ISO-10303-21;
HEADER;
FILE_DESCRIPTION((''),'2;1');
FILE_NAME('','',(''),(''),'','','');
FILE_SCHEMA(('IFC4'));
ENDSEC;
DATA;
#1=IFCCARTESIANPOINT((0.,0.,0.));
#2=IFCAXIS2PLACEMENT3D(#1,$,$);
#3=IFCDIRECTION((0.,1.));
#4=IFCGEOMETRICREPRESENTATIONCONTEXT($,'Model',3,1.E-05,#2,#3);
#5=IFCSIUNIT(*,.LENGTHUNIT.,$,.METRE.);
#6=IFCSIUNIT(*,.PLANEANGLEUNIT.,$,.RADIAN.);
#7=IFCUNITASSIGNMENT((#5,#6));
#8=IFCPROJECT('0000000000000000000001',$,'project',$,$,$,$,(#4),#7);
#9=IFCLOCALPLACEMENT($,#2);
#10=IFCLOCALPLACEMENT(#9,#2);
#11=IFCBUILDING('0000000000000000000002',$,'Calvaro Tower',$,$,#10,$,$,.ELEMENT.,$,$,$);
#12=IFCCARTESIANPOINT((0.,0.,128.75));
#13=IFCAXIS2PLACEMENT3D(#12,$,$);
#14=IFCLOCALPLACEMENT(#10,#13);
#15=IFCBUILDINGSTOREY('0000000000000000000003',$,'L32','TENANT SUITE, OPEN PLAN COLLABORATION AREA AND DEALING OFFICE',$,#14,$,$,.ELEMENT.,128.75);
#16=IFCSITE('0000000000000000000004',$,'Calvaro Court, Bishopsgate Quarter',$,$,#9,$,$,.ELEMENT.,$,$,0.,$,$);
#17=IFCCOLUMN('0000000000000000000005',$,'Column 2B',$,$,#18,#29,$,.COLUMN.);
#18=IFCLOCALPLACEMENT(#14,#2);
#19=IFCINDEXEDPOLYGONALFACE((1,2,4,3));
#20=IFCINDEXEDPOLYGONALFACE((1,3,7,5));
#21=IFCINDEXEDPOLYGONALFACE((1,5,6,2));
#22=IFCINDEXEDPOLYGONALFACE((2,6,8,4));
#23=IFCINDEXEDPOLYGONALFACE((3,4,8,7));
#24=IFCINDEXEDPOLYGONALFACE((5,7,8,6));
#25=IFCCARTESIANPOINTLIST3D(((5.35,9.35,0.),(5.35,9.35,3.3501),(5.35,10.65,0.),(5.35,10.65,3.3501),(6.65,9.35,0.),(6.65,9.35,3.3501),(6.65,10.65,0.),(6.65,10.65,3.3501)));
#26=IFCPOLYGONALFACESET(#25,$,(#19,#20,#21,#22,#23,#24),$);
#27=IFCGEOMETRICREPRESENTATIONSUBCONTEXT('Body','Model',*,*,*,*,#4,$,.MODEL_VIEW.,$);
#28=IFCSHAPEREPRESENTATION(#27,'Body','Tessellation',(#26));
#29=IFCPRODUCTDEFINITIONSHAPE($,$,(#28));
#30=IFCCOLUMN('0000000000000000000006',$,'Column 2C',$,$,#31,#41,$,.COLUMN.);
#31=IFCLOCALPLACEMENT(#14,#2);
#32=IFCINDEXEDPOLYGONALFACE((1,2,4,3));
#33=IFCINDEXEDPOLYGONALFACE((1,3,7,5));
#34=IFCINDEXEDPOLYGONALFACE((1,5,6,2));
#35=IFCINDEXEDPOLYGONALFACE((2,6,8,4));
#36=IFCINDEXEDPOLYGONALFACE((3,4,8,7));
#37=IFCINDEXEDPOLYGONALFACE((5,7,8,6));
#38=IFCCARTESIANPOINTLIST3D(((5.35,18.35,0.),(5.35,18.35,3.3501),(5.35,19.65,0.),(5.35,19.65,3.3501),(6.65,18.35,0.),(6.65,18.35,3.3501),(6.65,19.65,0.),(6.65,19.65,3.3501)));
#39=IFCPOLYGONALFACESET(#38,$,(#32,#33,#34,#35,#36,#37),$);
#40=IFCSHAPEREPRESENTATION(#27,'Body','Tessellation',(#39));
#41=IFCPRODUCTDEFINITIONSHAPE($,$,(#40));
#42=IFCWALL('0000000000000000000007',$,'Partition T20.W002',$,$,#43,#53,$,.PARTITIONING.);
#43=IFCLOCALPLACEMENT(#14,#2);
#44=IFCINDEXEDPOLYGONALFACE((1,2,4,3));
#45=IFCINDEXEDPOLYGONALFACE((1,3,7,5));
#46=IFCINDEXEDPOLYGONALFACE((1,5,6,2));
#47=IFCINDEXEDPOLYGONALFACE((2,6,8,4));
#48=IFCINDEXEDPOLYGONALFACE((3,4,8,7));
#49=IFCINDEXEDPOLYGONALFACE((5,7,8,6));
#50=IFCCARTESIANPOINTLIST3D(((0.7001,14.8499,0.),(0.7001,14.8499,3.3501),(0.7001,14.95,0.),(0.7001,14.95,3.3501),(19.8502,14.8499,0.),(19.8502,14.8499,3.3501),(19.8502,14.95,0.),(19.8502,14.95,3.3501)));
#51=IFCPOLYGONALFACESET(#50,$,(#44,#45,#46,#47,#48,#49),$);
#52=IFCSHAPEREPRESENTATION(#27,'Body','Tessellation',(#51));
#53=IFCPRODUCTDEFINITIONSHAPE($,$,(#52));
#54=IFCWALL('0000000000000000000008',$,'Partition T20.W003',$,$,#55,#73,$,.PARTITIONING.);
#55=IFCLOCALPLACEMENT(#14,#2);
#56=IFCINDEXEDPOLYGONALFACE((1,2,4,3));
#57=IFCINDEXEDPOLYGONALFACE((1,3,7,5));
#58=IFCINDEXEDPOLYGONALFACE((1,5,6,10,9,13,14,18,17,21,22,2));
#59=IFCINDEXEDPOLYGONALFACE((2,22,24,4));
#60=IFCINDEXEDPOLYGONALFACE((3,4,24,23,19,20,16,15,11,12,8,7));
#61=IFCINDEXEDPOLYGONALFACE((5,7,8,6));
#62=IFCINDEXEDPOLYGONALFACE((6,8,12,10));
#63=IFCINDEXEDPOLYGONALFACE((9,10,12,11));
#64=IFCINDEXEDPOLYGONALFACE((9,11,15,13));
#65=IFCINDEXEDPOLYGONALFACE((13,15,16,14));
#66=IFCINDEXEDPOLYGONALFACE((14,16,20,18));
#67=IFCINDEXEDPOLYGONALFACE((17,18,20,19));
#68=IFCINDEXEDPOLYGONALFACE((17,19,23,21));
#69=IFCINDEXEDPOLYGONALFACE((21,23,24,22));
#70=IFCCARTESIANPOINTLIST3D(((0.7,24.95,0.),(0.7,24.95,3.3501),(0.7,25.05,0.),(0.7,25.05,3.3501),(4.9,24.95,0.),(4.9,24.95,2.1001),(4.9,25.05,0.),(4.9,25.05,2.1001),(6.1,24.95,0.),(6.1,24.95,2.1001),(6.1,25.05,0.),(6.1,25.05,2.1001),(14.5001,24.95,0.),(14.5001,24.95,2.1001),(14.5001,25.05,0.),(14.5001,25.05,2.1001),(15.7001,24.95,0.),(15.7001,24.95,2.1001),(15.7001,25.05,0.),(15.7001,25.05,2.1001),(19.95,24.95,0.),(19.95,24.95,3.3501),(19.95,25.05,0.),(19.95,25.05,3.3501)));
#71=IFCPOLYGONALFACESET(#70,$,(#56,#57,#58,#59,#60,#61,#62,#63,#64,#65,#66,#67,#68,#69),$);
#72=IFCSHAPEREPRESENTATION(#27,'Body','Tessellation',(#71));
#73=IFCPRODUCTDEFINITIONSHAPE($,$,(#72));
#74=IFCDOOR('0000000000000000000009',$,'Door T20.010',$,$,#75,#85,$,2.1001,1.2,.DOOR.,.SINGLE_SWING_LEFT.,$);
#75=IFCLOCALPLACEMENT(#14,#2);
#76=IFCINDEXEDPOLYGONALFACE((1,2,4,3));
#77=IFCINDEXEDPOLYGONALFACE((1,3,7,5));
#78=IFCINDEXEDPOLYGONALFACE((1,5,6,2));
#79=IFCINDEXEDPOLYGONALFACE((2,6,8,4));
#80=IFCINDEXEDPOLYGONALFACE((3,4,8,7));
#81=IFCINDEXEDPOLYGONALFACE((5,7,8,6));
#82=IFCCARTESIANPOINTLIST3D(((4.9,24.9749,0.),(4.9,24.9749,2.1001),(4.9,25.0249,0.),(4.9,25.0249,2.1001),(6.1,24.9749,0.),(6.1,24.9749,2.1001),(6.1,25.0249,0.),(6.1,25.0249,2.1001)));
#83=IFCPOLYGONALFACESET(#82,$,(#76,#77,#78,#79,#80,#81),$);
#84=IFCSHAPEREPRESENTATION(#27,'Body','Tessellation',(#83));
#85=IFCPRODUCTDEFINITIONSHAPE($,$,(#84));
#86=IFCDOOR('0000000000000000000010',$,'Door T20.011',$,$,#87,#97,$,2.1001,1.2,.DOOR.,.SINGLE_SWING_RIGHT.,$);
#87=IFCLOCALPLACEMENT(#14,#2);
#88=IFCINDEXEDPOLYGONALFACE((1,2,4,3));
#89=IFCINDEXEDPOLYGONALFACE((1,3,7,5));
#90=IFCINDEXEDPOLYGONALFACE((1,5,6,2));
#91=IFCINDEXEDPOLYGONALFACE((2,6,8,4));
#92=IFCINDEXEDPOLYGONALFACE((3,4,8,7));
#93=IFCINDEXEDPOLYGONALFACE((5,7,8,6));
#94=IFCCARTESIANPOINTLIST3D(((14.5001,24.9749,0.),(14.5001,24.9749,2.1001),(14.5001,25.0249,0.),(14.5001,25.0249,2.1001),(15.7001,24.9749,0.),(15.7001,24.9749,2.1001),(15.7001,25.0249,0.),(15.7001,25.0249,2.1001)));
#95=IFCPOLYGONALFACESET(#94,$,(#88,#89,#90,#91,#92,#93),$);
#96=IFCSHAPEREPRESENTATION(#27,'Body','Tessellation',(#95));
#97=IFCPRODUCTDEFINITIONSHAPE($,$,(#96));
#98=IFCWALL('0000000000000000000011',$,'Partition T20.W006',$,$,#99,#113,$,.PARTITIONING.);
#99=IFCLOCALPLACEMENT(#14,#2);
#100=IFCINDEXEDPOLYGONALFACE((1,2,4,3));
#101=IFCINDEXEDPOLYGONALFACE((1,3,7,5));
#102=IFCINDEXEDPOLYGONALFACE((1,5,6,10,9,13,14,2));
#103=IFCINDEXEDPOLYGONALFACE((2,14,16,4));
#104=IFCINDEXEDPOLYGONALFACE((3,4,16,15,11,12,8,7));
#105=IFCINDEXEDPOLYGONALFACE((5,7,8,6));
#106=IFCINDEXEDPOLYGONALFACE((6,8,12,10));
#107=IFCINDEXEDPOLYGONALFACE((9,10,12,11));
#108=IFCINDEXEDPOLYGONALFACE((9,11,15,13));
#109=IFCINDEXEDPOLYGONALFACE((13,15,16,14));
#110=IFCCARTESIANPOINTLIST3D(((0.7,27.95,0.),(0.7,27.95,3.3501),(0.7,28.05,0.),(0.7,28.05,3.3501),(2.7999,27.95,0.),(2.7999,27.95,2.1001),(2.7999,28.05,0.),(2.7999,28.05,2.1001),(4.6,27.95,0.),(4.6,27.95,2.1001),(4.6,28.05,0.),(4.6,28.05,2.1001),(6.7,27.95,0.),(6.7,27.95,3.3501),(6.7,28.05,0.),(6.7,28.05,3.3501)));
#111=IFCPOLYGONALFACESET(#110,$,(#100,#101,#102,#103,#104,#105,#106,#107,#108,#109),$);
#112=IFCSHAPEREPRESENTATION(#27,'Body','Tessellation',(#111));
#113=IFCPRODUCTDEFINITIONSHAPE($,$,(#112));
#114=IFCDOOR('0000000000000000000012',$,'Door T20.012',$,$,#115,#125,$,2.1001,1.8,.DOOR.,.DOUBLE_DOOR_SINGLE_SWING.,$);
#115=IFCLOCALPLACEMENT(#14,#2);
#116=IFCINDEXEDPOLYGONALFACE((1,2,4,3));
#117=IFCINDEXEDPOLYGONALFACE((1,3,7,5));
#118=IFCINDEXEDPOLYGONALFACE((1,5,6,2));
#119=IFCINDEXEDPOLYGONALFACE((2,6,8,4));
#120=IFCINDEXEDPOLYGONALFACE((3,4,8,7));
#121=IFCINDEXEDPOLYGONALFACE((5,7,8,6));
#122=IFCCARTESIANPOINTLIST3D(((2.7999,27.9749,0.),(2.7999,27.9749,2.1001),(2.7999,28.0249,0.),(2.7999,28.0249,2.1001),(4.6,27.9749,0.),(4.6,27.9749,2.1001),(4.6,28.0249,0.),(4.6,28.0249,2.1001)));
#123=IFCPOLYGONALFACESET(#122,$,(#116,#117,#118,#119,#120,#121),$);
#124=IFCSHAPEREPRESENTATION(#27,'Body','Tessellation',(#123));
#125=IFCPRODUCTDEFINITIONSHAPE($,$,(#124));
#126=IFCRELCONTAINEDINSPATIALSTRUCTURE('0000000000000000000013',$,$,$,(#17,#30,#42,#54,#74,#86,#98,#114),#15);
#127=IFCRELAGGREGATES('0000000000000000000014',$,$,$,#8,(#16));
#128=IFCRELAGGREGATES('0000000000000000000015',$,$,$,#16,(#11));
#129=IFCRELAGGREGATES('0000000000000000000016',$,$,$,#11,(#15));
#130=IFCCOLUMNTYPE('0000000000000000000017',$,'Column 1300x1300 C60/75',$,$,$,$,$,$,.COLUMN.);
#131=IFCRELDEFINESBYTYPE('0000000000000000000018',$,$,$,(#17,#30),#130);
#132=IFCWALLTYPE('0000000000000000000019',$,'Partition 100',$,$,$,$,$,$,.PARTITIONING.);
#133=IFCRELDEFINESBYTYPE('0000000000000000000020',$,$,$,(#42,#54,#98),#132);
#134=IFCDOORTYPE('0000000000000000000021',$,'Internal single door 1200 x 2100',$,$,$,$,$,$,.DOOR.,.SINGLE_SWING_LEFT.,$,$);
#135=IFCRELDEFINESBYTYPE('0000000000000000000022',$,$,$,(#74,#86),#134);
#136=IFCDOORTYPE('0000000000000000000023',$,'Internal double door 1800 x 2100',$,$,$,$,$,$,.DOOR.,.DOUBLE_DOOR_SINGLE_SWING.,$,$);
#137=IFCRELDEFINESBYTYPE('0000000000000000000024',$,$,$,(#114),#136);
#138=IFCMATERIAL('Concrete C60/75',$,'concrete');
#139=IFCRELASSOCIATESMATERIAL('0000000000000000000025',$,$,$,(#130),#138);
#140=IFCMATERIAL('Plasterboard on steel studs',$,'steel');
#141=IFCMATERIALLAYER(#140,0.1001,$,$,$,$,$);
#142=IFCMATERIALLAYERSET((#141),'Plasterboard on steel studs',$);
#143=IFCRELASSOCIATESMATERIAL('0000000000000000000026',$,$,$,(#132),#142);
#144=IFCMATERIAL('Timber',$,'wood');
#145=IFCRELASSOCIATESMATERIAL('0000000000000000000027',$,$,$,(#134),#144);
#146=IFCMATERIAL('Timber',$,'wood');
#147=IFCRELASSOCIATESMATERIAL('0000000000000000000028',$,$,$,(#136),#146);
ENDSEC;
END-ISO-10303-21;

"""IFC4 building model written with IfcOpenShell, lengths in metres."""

from ifc_helpers import new_model, si_unit, direction, frame, frame_2d, origin, origin_2d, place, context, subcontext, project, spatial, rectangle, extrude, material, layer, layer_set, material_profile, profile_set, type_object, element, fill, save


model = new_model("IFC4")

# Units and contexts
model_context = context("Model", 3, precision=1e-05, world=origin(), true_north=direction((0.0, 1.0)))
body_context = subcontext(model_context, "Body", "Model", "MODEL_VIEW")
ifc_project = project(units=[si_unit("LENGTHUNIT", "METRE"), si_unit("PLANEANGLEUNIT", "RADIAN")], contexts=[model_context])

# Site, building, storey
site_placement = place(None, origin())
site = spatial("IfcSite", under=ifc_project, at=site_placement, Name="Calvaro Court, Bishopsgate Quarter", CompositionType="ELEMENT", RefElevation=0.0)
building_placement = place(site_placement, origin())
building = spatial("IfcBuilding", under=site, at=building_placement, Name="Calvaro Tower", CompositionType="ELEMENT")
storey_placement = place(building_placement, frame((0.0, 0.0, 128.75)))
storey = spatial("IfcBuildingStorey", under=building, at=storey_placement, Name="L32", Description="TENANT SUITE, OPEN PLAN COLLABORATION AREA AND DEALING OFFICE", CompositionType="ELEMENT", Elevation=128.75)

# Columns
ifc_material_1 = material(Name="Concrete C60/75", Category="concrete")
ifc_material_profile = material_profile(ifc_material_1, rectangle(XDim=1.3, YDim=1.3, at=origin_2d()), Name="RC 1300x1300")
ifc_profile_set = profile_set([ifc_material_profile], Name="Concrete C60/75")
column_type = type_object("IfcColumnType", Name="Column 1300x1300 C60/75", PredefinedType="COLUMN", material=ifc_profile_set)
for number, where, z_axis, x_axis, name in (
    (1, (6.0, 10.0, 0.0), (0.0, 0.0, 1.0), (1.0, 0.0, 0.0), "Column 2B"),
    (2, (6.0, 19.0, 0.0), (0.0, 0.0, 1.0), (1.0, 0.0, 0.0), "Column 2C"),
):
    element("IfcColumn", number, at=place(storey_placement, frame(where, z_axis=z_axis, x_axis=x_axis)), inside=storey, type_object=column_type, Name=name, PredefinedType="COLUMN", context=body_context, shape_type="SweptSolid", body=[
        extrude(rectangle(XDim=1.3, YDim=1.3, at=origin_2d()), origin(), (0.0, 0.0, 1.0), 3.3501),
    ])

# Wall
ifc_material_2 = material(Name="Plasterboard on steel studs", Category="steel")
ifc_layer = layer(ifc_material_2, 0.1001)
ifc_layer_set = layer_set([ifc_layer], Name="Plasterboard on steel studs")
wall_type = type_object("IfcWallType", Name="Partition 100", PredefinedType="PARTITIONING", material=ifc_layer_set)
wall_1_placement = place(storey_placement, frame((0.7, 14.8999, 0.0), z_axis=(0.0, 0.0, 1.0), x_axis=(1.0, 0.0, 0.0)))
element("IfcWall", 3, at=wall_1_placement, inside=storey, type_object=wall_type, Name="Partition T20.W002", PredefinedType="PARTITIONING", context=body_context, shape_type="SweptSolid", body=[
    extrude(rectangle(XDim=19.1501, YDim=0.1001, at=frame_2d((9.5752, 0.0))), origin(), (0.0, 0.0, 1.0), 3.3501),
])

# Wall, openings, doors
wall_2_placement = place(storey_placement, frame((0.7, 25.0, 0.0), z_axis=(0.0, 0.0, 1.0), x_axis=(1.0, 0.0, 0.0)))
wall_2 = element("IfcWall", 4, at=wall_2_placement, inside=storey, type_object=wall_type, Name="Partition T20.W003", PredefinedType="PARTITIONING", context=body_context, shape_type="SweptSolid", body=[
    extrude(rectangle(XDim=19.25, YDim=0.1001, at=frame_2d((9.625, 0.0))), origin(), (0.0, 0.0, 1.0), 3.3501),
])
opening_1_placement = place(wall_2_placement, frame((4.2, 0.0, 0.0)))
opening_1 = element("IfcOpeningElement", 5, at=opening_1_placement, cuts=wall_2, PredefinedType="OPENING", context=body_context, shape_type="SweptSolid", body=[
    extrude(rectangle(XDim=1.2, YDim=2.1001, at=frame_2d((0.6001, 1.05))), frame((0.0, 0.0601, 0.0), z_axis=(0.0, -1.0, 0.0), x_axis=(1.0, 0.0, 0.0)), (0.0, 0.0, 1.0), 0.1201),
])
opening_2_placement = place(wall_2_placement, frame((13.8, 0.0, 0.0)))
opening_2 = element("IfcOpeningElement", 6, at=opening_2_placement, cuts=wall_2, PredefinedType="OPENING", context=body_context, shape_type="SweptSolid", body=[
    extrude(rectangle(XDim=1.2, YDim=2.1001, at=frame_2d((0.6001, 1.05))), frame((0.0, 0.0601, 0.0), z_axis=(0.0, -1.0, 0.0), x_axis=(1.0, 0.0, 0.0)), (0.0, 0.0, 1.0), 0.1201),
])
ifc_material_3 = material(Name="Timber", Category="wood")
door_type_1 = type_object("IfcDoorType", Name="Internal single door 1200 x 2100", OperationType="SINGLE_SWING_LEFT", PredefinedType="DOOR", material=ifc_material_3)
door_1_placement = place(opening_1_placement, origin())
door_1 = element("IfcDoor", 7, at=door_1_placement, inside=storey, type_object=door_type_1, Name="Door T20.010", OperationType="SINGLE_SWING_LEFT", OverallHeight=2.1001, OverallWidth=1.2, PredefinedType="DOOR", context=body_context, shape_type="SweptSolid", body=[
    extrude(rectangle(XDim=1.2, YDim=2.1001, at=frame_2d((0.6001, 1.05))), frame((0.0, 0.0249, 0.0), z_axis=(0.0, -1.0, 0.0), x_axis=(1.0, 0.0, 0.0)), (0.0, 0.0, 1.0), 0.05),
])
fill(opening_1, door_1)
door_2_placement = place(opening_2_placement, origin())
door_2 = element("IfcDoor", 8, at=door_2_placement, inside=storey, type_object=door_type_1, Name="Door T20.011", OperationType="SINGLE_SWING_RIGHT", OverallHeight=2.1001, OverallWidth=1.2, PredefinedType="DOOR", context=body_context, shape_type="SweptSolid", body=[
    extrude(rectangle(XDim=1.2, YDim=2.1001, at=frame_2d((0.6001, 1.05))), frame((0.0, 0.0249, 0.0), z_axis=(0.0, -1.0, 0.0), x_axis=(1.0, 0.0, 0.0)), (0.0, 0.0, 1.0), 0.05),
])
fill(opening_2, door_2)

# Wall, opening, door
wall_3_placement = place(storey_placement, frame((0.7, 28.0, 0.0), z_axis=(0.0, 0.0, 1.0), x_axis=(1.0, 0.0, 0.0)))
wall_3 = element("IfcWall", 9, at=wall_3_placement, inside=storey, type_object=wall_type, Name="Partition T20.W006", PredefinedType="PARTITIONING", context=body_context, shape_type="SweptSolid", body=[
    extrude(rectangle(XDim=6.0, YDim=0.1001, at=frame_2d((3.0, 0.0))), origin(), (0.0, 0.0, 1.0), 3.3501),
])
opening_3_placement = place(wall_3_placement, frame((2.1001, 0.0, 0.0)))
opening_3 = element("IfcOpeningElement", 10, at=opening_3_placement, cuts=wall_3, PredefinedType="OPENING", context=body_context, shape_type="SweptSolid", body=[
    extrude(rectangle(XDim=1.8, YDim=2.1001, at=frame_2d((0.8999, 1.05))), frame((0.0, 0.0601, 0.0), z_axis=(0.0, -1.0, 0.0), x_axis=(1.0, 0.0, 0.0)), (0.0, 0.0, 1.0), 0.1201),
])
ifc_material_4 = material(Name="Timber", Category="wood")
door_type_2 = type_object("IfcDoorType", Name="Internal double door 1800 x 2100", OperationType="DOUBLE_DOOR_SINGLE_SWING", PredefinedType="DOOR", material=ifc_material_4)
door_3_placement = place(opening_3_placement, origin())
door_3 = element("IfcDoor", 11, at=door_3_placement, inside=storey, type_object=door_type_2, Name="Door T20.012", OperationType="DOUBLE_DOOR_SINGLE_SWING", OverallHeight=2.1001, OverallWidth=1.8, PredefinedType="DOOR", context=body_context, shape_type="SweptSolid", body=[
    extrude(rectangle(XDim=1.8, YDim=2.1001, at=frame_2d((0.8999, 1.05))), frame((0.0, 0.0249, 0.0), z_axis=(0.0, -1.0, 0.0), x_axis=(1.0, 0.0, 0.0)), (0.0, 0.0, 1.0), 0.05),
])
fill(opening_3, door_3)

save(model, "model.ifc")
